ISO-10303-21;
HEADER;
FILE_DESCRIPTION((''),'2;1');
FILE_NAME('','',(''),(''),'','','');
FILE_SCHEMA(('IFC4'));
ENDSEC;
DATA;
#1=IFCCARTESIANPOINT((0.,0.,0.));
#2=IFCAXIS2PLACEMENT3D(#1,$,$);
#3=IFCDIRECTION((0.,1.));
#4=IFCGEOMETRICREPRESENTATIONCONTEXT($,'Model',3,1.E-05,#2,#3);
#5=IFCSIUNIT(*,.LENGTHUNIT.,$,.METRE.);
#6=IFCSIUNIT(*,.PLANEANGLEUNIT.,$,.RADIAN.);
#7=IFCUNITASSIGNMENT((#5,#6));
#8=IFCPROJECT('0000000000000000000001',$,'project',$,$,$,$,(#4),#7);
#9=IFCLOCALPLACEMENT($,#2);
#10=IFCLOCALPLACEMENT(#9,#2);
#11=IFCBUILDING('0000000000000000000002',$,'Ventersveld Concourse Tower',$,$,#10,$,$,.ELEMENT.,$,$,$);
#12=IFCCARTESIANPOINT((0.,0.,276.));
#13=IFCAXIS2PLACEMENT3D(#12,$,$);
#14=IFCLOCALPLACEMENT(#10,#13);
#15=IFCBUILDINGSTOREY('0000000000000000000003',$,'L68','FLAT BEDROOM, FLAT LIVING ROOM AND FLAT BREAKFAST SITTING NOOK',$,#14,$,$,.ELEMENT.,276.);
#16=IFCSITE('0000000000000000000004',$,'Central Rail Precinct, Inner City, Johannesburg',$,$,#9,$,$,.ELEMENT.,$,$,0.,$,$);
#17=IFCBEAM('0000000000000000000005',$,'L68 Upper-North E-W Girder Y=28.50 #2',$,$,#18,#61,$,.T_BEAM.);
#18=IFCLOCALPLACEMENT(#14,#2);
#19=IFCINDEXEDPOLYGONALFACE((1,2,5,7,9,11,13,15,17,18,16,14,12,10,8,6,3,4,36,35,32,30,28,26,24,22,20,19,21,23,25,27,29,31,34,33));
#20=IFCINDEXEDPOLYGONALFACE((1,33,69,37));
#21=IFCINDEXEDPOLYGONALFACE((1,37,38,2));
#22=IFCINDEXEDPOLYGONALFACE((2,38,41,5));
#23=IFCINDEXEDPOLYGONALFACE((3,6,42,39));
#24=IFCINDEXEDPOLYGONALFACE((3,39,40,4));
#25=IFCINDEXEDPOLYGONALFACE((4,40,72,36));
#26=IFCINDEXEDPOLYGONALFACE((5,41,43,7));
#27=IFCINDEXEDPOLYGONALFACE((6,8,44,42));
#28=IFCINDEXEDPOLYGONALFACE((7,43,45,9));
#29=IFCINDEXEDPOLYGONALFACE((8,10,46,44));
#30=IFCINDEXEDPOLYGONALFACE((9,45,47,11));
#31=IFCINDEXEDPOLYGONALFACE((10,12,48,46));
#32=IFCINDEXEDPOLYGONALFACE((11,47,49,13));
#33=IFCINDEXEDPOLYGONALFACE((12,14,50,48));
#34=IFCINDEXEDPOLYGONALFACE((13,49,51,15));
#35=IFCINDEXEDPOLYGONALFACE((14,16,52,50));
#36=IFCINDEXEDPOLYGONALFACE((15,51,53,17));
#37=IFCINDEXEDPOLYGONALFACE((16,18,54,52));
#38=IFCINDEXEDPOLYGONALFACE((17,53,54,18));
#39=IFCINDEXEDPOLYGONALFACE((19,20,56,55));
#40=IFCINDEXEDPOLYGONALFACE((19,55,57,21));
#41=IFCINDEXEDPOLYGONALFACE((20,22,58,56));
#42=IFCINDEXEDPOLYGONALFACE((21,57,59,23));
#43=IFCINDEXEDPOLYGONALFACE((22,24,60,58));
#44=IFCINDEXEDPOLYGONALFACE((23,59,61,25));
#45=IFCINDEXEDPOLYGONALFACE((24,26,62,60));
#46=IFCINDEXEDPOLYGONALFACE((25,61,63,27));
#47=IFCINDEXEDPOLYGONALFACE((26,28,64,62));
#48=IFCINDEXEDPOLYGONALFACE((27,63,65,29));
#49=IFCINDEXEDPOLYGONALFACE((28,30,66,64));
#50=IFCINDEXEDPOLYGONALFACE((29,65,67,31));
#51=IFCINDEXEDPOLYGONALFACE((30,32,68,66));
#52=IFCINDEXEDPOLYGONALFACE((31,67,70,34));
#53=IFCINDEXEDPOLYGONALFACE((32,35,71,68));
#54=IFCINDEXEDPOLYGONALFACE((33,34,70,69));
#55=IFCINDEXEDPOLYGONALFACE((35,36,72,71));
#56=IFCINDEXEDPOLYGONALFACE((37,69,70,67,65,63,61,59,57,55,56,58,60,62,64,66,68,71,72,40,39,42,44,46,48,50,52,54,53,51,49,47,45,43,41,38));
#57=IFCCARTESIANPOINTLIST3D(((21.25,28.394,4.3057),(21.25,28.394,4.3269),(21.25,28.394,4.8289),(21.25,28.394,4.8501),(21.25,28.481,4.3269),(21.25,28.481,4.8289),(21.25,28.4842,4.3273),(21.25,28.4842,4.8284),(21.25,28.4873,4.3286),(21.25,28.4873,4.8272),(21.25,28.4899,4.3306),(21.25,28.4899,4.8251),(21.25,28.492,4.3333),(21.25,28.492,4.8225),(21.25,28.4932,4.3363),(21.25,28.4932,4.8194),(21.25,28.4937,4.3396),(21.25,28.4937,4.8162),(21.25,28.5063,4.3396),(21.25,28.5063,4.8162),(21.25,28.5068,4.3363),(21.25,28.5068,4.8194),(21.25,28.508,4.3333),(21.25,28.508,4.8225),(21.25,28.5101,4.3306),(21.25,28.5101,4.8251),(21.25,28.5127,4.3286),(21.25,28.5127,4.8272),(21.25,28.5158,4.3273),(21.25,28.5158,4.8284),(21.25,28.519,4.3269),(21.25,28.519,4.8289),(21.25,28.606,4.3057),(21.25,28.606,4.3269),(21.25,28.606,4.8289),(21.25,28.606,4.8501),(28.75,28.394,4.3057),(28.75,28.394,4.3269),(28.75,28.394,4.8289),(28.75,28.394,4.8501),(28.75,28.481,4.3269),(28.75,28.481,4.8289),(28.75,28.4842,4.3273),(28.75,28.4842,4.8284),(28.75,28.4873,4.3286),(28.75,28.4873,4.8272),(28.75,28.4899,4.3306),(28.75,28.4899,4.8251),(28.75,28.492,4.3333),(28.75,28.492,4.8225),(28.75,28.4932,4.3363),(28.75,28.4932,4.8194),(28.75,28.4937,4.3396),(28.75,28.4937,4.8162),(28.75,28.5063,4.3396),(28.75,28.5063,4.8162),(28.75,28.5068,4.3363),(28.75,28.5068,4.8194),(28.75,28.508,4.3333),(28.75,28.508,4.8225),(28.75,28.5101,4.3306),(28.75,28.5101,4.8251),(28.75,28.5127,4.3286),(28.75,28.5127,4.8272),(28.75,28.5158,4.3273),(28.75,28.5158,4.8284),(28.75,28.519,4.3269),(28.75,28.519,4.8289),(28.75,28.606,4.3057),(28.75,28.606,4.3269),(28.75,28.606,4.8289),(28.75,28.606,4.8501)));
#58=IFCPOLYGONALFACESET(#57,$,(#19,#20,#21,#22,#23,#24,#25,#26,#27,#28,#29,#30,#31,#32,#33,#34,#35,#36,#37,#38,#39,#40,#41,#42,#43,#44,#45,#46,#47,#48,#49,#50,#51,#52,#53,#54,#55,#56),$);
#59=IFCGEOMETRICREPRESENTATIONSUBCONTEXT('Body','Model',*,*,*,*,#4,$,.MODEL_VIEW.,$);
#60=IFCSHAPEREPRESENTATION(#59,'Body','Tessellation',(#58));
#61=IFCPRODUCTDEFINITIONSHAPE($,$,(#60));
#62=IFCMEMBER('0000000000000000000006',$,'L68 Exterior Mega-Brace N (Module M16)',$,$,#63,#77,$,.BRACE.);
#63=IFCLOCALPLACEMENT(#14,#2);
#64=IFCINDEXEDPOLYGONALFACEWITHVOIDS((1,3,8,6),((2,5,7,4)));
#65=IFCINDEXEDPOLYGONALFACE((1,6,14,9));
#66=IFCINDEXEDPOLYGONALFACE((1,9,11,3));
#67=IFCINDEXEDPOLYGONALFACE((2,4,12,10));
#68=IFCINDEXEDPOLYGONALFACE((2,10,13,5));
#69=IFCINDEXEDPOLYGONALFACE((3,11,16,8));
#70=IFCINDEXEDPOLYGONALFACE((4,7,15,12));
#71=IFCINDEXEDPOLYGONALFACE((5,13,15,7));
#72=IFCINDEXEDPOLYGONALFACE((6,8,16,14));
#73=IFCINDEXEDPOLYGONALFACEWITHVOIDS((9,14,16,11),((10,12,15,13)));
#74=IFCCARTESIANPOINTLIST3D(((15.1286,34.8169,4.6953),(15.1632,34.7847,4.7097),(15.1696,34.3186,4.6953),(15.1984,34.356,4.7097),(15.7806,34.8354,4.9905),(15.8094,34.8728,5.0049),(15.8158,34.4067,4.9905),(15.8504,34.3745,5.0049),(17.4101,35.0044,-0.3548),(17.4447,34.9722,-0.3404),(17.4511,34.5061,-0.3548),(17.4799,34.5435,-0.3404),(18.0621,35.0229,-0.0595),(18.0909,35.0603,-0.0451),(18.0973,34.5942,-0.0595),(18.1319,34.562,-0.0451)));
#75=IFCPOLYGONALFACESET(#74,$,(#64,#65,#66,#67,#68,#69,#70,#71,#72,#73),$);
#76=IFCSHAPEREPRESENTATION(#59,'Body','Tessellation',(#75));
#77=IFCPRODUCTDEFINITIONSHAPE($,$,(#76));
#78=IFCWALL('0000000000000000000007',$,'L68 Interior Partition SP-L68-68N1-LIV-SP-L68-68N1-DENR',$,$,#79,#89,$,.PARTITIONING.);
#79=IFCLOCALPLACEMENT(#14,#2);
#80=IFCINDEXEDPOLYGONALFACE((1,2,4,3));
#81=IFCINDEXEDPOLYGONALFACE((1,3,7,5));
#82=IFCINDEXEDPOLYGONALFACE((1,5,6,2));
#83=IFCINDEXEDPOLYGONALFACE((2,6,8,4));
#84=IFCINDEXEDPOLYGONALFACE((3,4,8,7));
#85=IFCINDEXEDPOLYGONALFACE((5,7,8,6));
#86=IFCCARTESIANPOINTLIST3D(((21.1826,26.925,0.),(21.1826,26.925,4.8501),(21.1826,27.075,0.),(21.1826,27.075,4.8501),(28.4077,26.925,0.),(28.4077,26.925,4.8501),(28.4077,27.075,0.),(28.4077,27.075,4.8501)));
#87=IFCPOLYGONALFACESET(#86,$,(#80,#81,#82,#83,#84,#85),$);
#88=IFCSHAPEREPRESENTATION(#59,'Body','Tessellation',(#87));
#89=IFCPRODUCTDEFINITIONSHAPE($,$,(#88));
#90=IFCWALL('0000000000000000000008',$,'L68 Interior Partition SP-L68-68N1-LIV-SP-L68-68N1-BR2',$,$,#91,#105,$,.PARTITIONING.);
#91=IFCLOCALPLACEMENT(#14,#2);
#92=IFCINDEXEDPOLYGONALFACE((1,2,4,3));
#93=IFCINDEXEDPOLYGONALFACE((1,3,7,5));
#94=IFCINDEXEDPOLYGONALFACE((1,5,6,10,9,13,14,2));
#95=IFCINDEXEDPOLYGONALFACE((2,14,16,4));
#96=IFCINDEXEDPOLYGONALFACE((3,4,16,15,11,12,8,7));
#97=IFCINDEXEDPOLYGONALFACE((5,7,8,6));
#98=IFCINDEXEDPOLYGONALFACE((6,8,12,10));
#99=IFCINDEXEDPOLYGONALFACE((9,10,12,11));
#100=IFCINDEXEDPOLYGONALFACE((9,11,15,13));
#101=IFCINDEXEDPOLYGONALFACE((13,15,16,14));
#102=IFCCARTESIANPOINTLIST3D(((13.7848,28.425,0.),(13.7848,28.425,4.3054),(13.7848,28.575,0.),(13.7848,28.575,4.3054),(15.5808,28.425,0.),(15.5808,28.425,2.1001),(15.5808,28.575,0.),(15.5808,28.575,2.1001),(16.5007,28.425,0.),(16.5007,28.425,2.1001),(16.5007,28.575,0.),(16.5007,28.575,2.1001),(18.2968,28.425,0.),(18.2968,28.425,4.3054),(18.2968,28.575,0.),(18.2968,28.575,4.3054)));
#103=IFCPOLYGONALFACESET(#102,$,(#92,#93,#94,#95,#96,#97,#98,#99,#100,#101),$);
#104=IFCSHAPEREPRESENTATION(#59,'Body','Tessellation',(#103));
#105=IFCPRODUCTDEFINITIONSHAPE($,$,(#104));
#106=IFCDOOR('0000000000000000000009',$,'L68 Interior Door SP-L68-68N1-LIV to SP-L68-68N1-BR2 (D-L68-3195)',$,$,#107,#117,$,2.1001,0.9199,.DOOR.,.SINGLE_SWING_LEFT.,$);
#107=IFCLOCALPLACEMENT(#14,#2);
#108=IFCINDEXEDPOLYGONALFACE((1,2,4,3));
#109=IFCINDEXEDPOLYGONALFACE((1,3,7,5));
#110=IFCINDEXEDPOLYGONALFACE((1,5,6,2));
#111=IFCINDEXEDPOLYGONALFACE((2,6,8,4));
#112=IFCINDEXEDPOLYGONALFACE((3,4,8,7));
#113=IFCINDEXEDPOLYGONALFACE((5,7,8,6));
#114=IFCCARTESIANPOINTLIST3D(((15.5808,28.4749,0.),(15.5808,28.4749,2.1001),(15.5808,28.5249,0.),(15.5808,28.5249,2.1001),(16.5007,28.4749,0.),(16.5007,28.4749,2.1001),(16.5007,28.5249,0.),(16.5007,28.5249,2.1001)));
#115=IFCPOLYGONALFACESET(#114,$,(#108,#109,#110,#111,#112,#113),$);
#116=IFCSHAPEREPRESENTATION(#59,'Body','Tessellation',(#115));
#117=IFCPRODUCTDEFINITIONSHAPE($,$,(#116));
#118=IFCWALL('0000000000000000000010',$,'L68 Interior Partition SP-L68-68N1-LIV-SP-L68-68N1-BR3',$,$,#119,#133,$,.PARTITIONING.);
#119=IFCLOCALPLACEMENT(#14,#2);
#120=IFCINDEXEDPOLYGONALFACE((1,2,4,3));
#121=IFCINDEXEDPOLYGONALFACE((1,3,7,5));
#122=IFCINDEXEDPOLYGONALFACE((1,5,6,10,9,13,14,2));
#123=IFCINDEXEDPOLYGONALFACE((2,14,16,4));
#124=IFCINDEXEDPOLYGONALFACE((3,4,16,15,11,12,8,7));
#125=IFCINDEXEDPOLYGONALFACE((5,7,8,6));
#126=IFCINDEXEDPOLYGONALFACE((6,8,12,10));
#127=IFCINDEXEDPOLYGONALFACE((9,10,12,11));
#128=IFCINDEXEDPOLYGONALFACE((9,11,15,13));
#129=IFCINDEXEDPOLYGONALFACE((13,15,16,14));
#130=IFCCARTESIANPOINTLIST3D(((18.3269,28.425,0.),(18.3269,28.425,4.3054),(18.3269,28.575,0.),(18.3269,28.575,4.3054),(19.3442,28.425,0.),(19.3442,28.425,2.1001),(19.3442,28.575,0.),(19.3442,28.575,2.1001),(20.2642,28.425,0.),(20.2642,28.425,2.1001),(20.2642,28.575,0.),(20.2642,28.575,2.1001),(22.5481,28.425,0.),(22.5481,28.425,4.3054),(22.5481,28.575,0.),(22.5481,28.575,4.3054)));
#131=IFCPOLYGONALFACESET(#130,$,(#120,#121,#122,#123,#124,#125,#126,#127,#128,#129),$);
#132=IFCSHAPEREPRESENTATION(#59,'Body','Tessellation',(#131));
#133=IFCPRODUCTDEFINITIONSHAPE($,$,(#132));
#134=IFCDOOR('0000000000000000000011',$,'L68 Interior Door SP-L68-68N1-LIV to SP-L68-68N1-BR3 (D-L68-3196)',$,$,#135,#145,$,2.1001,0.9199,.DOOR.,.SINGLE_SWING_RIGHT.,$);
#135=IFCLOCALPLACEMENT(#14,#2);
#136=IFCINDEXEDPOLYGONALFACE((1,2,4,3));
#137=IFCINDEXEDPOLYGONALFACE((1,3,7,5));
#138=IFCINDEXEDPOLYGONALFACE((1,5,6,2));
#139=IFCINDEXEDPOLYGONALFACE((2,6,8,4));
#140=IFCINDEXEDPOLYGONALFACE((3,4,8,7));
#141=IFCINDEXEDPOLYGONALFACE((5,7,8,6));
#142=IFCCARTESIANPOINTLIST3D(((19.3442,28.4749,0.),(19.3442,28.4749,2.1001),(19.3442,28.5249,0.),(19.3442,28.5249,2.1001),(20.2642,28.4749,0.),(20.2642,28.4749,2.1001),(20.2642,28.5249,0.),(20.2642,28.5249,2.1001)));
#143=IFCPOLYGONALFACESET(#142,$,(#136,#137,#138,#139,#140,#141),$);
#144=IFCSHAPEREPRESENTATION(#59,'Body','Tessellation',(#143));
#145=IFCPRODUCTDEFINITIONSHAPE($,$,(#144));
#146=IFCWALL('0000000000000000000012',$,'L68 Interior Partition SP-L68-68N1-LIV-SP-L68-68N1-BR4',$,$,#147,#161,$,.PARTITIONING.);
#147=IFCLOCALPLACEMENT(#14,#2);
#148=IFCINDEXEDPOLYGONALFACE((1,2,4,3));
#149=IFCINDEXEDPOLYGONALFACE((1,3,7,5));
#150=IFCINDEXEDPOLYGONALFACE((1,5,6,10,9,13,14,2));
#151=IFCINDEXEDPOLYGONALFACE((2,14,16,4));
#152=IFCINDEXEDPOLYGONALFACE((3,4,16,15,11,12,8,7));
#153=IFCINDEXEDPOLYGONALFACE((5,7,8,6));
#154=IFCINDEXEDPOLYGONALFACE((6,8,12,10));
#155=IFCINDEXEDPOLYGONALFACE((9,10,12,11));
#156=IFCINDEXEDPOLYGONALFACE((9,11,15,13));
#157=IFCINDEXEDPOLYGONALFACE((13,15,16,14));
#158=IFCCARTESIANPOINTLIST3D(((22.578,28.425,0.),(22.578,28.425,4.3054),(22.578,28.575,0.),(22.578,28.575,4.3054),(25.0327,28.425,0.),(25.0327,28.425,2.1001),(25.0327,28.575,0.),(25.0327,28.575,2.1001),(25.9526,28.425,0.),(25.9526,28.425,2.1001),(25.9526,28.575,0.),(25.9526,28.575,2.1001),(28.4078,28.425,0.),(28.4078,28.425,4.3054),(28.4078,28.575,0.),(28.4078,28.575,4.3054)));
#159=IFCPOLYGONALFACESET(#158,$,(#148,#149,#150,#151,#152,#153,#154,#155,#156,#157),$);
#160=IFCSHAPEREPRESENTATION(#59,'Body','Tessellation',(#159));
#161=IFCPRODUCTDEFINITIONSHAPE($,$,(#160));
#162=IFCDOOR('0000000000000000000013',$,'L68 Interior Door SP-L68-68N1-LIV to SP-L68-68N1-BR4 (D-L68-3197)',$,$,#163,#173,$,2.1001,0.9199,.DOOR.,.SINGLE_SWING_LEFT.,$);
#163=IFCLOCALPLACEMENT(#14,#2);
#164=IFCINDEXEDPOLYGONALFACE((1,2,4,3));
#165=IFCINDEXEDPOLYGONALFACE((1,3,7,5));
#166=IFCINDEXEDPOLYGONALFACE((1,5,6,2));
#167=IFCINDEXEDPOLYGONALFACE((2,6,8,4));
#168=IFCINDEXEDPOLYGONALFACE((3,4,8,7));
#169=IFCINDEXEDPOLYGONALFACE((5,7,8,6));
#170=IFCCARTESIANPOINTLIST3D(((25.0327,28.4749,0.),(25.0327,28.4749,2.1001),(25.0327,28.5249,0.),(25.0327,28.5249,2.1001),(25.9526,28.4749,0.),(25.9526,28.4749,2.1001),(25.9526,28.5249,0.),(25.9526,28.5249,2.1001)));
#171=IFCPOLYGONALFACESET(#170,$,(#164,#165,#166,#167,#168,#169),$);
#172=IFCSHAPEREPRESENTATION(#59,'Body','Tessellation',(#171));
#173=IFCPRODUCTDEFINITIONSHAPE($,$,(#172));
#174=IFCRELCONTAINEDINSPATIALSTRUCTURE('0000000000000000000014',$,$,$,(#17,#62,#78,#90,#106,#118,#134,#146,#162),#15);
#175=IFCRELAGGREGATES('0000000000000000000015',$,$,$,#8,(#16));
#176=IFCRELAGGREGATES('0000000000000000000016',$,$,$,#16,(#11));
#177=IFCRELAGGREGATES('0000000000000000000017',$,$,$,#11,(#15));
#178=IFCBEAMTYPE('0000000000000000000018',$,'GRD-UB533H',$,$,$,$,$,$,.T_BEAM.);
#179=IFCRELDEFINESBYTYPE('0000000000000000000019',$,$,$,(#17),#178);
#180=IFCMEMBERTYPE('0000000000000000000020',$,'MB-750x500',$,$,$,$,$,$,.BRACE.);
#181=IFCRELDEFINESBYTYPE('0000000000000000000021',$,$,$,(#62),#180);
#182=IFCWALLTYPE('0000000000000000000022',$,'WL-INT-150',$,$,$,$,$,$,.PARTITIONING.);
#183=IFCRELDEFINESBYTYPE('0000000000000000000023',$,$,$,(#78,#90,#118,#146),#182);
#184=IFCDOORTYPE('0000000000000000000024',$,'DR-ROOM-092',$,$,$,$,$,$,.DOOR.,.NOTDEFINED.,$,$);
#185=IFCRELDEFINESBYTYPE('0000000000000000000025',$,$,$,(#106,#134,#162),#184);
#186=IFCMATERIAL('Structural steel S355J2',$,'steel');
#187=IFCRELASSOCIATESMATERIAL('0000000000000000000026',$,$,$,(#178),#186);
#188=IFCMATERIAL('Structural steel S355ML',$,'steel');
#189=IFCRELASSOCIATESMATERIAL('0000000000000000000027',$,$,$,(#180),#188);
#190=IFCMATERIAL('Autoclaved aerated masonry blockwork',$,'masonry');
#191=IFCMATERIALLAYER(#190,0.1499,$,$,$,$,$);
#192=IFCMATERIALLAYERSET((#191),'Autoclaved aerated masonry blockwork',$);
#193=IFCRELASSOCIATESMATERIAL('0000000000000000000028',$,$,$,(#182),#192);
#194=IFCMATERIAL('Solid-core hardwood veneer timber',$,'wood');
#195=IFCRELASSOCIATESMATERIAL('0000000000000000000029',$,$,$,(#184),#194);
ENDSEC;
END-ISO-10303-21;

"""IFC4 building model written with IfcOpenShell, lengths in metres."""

from ifc_helpers import new_model, si_unit, direction, frame, frame_2d, origin, origin_2d, place, context, subcontext, project, spatial, rectangle, hollow_rectangle, i_section, extrude, material, layer, layer_set, material_profile, profile_set, type_object, element, fill, save


model = new_model("IFC4")

# Units and contexts
model_context = context("Model", 3, precision=1e-05, world=origin(), true_north=direction((0.0, 1.0)))
body_context = subcontext(model_context, "Body", "Model", "MODEL_VIEW")
ifc_project = project(units=[si_unit("LENGTHUNIT", "METRE"), si_unit("PLANEANGLEUNIT", "RADIAN")], contexts=[model_context])

# Site, building, storey
site_placement = place(None, origin())
site = spatial("IfcSite", under=ifc_project, at=site_placement, Name="Central Rail Precinct, Inner City, Johannesburg", CompositionType="ELEMENT", RefElevation=0.0)
building_placement = place(site_placement, origin())
building = spatial("IfcBuilding", under=site, at=building_placement, Name="Ventersveld Concourse Tower", CompositionType="ELEMENT")
storey_placement = place(building_placement, frame((0.0, 0.0, 276.0)))
storey = spatial("IfcBuildingStorey", under=building, at=storey_placement, Name="L68", Description="FLAT BEDROOM, FLAT LIVING ROOM AND FLAT BREAKFAST SITTING NOOK", CompositionType="ELEMENT", Elevation=276.0)

# Beam
ifc_material_1 = material(Name="Structural steel S355J2", Category="steel")
ifc_material_profile_1 = material_profile(ifc_material_1, i_section(OverallWidth=0.2119, OverallDepth=0.5444, WebThickness=0.0127, FlangeThickness=0.0212, FilletRadius=0.0127, at=origin_2d()), Name="UB 533x210x122")
ifc_profile_set_1 = profile_set([ifc_material_profile_1], Name="Structural steel S355J2")
beam_type_1 = type_object("IfcBeamType", Name="GRD-UB533H", PredefinedType="T_BEAM", material=ifc_profile_set_1)
for number, where, z_axis, x_axis, name in (
    (1, (21.25, 28.5, 4.5779), (1.0, 0.0, 0.0), (0.0, 1.0, 0.0), "L68 Upper-North E-W Girder Y=28.50 #2"),
):
    element("IfcBeam", number, at=place(storey_placement, frame(where, z_axis=z_axis, x_axis=x_axis)), inside=storey, type_object=beam_type_1, Name=name, PredefinedType="T_BEAM", context=body_context, shape_type="SweptSolid", body=[
        extrude(i_section(OverallWidth=0.2119, OverallDepth=0.5444, WebThickness=0.0127, FlangeThickness=0.0212, FilletRadius=0.0127, at=origin_2d()), origin(), (0.0, 0.0, 1.0), 7.5),
    ])

# Member
ifc_material_2 = material(Name="Structural steel S355ML", Category="steel")
ifc_material_profile_2 = material_profile(ifc_material_2, hollow_rectangle(XDim=0.5, YDim=0.75, WallThickness=0.0349, at=origin_2d()), Name="BOX 750x500x35")
ifc_profile_set_2 = profile_set([ifc_material_profile_2], Name="Structural steel S355ML")
member_type = type_object("IfcMemberType", Name="MB-750x500", PredefinedType="BRACE", material=ifc_profile_set_2)
member_placement = place(storey_placement, frame((17.771, 34.7832, -0.2), z_axis=(-0.411475, -0.033816, 0.910793), x_axis=(0.081907, -0.99664, 0.0)))
element("IfcMember", 2, at=member_placement, inside=storey, type_object=member_type, Name="L68 Exterior Mega-Brace N (Module M16)", PredefinedType="BRACE", context=body_context, shape_type="SweptSolid", body=[
    extrude(hollow_rectangle(XDim=0.5, YDim=0.75, WallThickness=0.0349, at=origin_2d()), origin(), (0.0, 0.0, 1.0), 5.5447),
])

# Wall
ifc_material_3 = material(Name="Autoclaved aerated masonry blockwork", Category="masonry")
ifc_layer = layer(ifc_material_3, 0.1499)
ifc_layer_set = layer_set([ifc_layer], Name="Autoclaved aerated masonry blockwork")
wall_type = type_object("IfcWallType", Name="WL-INT-150", PredefinedType="PARTITIONING", material=ifc_layer_set)
wall_1_placement = place(storey_placement, frame((21.1826, 27.0, 0.0), z_axis=(0.0, 0.0, 1.0), x_axis=(1.0, 0.0, 0.0)))
element("IfcWall", 3, at=wall_1_placement, inside=storey, type_object=wall_type, Name="L68 Interior Partition SP-L68-68N1-LIV-SP-L68-68N1-DENR", PredefinedType="PARTITIONING", context=body_context, shape_type="SweptSolid", body=[
    extrude(rectangle(XDim=7.2251, YDim=0.1499, at=frame_2d((3.6125, 0.0))), origin(), (0.0, 0.0, 1.0), 4.8501),
])

# Walls, openings, doors
wall_2_placement = place(storey_placement, frame((13.7849, 28.5, 0.0), z_axis=(0.0, 0.0, 1.0), x_axis=(1.0, 0.0, 0.0)))
wall_2 = element("IfcWall", 4, at=wall_2_placement, inside=storey, type_object=wall_type, Name="L68 Interior Partition SP-L68-68N1-LIV-SP-L68-68N1-BR2", PredefinedType="PARTITIONING", context=body_context, shape_type="SweptSolid", body=[
    extrude(rectangle(XDim=4.512, YDim=0.1499, at=frame_2d((2.2559, 0.0))), origin(), (0.0, 0.0, 1.0), 4.3054),
])
opening_1_placement = place(wall_2_placement, frame((1.7959, 0.0, 0.0)))
opening_1 = element("IfcOpeningElement", 5, at=opening_1_placement, cuts=wall_2, PredefinedType="OPENING", context=body_context, shape_type="SweptSolid", body=[
    extrude(rectangle(XDim=0.9199, YDim=2.1001, at=frame_2d((0.46, 1.05))), frame((0.0, 0.085, 0.0), z_axis=(0.0, -1.0, 0.0), x_axis=(1.0, 0.0, 0.0)), (0.0, 0.0, 1.0), 0.1699),
])
ifc_material_4 = material(Name="Solid-core hardwood veneer timber", Category="wood")
door_type = type_object("IfcDoorType", Name="DR-ROOM-092", OperationType="NOTDEFINED", PredefinedType="DOOR", material=ifc_material_4)
door_1_placement = place(opening_1_placement, origin())
door_1 = element("IfcDoor", 6, at=door_1_placement, inside=storey, type_object=door_type, Name="L68 Interior Door SP-L68-68N1-LIV to SP-L68-68N1-BR2 (D-L68-3195)", OperationType="SINGLE_SWING_LEFT", OverallHeight=2.1001, OverallWidth=0.9199, PredefinedType="DOOR", context=body_context, shape_type="SweptSolid", body=[
    extrude(rectangle(XDim=0.9199, YDim=2.1001, at=frame_2d((0.46, 1.05))), frame((0.0, 0.0249, 0.0), z_axis=(0.0, -1.0, 0.0), x_axis=(1.0, 0.0, 0.0)), (0.0, 0.0, 1.0), 0.05),
])
fill(opening_1, door_1)
wall_3_placement = place(storey_placement, frame((18.3269, 28.5, 0.0), z_axis=(0.0, 0.0, 1.0), x_axis=(1.0, 0.0, 0.0)))
wall_3 = element("IfcWall", 7, at=wall_3_placement, inside=storey, type_object=wall_type, Name="L68 Interior Partition SP-L68-68N1-LIV-SP-L68-68N1-BR3", PredefinedType="PARTITIONING", context=body_context, shape_type="SweptSolid", body=[
    extrude(rectangle(XDim=4.2212, YDim=0.1499, at=frame_2d((2.1106, 0.0))), origin(), (0.0, 0.0, 1.0), 4.3054),
])
opening_2_placement = place(wall_3_placement, frame((1.0173, 0.0, 0.0)))
opening_2 = element("IfcOpeningElement", 8, at=opening_2_placement, cuts=wall_3, PredefinedType="OPENING", context=body_context, shape_type="SweptSolid", body=[
    extrude(rectangle(XDim=0.9199, YDim=2.1001, at=frame_2d((0.46, 1.05))), frame((0.0, 0.085, 0.0), z_axis=(0.0, -1.0, 0.0), x_axis=(1.0, 0.0, 0.0)), (0.0, 0.0, 1.0), 0.1699),
])
door_2_placement = place(opening_2_placement, origin())
door_2 = element("IfcDoor", 9, at=door_2_placement, inside=storey, type_object=door_type, Name="L68 Interior Door SP-L68-68N1-LIV to SP-L68-68N1-BR3 (D-L68-3196)", OperationType="SINGLE_SWING_RIGHT", OverallHeight=2.1001, OverallWidth=0.9199, PredefinedType="DOOR", context=body_context, shape_type="SweptSolid", body=[
    extrude(rectangle(XDim=0.9199, YDim=2.1001, at=frame_2d((0.46, 1.05))), frame((0.0, 0.0249, 0.0), z_axis=(0.0, -1.0, 0.0), x_axis=(1.0, 0.0, 0.0)), (0.0, 0.0, 1.0), 0.05),
])
fill(opening_2, door_2)
wall_4_placement = place(storey_placement, frame((22.5779, 28.5, 0.0), z_axis=(0.0, 0.0, 1.0), x_axis=(1.0, 0.0, 0.0)))
wall_4 = element("IfcWall", 10, at=wall_4_placement, inside=storey, type_object=wall_type, Name="L68 Interior Partition SP-L68-68N1-LIV-SP-L68-68N1-BR4", PredefinedType="PARTITIONING", context=body_context, shape_type="SweptSolid", body=[
    extrude(rectangle(XDim=5.8298, YDim=0.1499, at=frame_2d((2.915, 0.0))), origin(), (0.0, 0.0, 1.0), 4.3054),
])
opening_3_placement = place(wall_4_placement, frame((2.4548, 0.0, 0.0)))
opening_3 = element("IfcOpeningElement", 11, at=opening_3_placement, cuts=wall_4, PredefinedType="OPENING", context=body_context, shape_type="SweptSolid", body=[
    extrude(rectangle(XDim=0.9199, YDim=2.1001, at=frame_2d((0.46, 1.05))), frame((0.0, 0.085, 0.0), z_axis=(0.0, -1.0, 0.0), x_axis=(1.0, 0.0, 0.0)), (0.0, 0.0, 1.0), 0.1699),
])
door_3_placement = place(opening_3_placement, origin())
door_3 = element("IfcDoor", 12, at=door_3_placement, inside=storey, type_object=door_type, Name="L68 Interior Door SP-L68-68N1-LIV to SP-L68-68N1-BR4 (D-L68-3197)", OperationType="SINGLE_SWING_LEFT", OverallHeight=2.1001, OverallWidth=0.9199, PredefinedType="DOOR", context=body_context, shape_type="SweptSolid", body=[
    extrude(rectangle(XDim=0.9199, YDim=2.1001, at=frame_2d((0.46, 1.05))), frame((0.0, 0.0249, 0.0), z_axis=(0.0, -1.0, 0.0), x_axis=(1.0, 0.0, 0.0)), (0.0, 0.0, 1.0), 0.05),
])
fill(opening_3, door_3)

save(model, "model.ifc")
